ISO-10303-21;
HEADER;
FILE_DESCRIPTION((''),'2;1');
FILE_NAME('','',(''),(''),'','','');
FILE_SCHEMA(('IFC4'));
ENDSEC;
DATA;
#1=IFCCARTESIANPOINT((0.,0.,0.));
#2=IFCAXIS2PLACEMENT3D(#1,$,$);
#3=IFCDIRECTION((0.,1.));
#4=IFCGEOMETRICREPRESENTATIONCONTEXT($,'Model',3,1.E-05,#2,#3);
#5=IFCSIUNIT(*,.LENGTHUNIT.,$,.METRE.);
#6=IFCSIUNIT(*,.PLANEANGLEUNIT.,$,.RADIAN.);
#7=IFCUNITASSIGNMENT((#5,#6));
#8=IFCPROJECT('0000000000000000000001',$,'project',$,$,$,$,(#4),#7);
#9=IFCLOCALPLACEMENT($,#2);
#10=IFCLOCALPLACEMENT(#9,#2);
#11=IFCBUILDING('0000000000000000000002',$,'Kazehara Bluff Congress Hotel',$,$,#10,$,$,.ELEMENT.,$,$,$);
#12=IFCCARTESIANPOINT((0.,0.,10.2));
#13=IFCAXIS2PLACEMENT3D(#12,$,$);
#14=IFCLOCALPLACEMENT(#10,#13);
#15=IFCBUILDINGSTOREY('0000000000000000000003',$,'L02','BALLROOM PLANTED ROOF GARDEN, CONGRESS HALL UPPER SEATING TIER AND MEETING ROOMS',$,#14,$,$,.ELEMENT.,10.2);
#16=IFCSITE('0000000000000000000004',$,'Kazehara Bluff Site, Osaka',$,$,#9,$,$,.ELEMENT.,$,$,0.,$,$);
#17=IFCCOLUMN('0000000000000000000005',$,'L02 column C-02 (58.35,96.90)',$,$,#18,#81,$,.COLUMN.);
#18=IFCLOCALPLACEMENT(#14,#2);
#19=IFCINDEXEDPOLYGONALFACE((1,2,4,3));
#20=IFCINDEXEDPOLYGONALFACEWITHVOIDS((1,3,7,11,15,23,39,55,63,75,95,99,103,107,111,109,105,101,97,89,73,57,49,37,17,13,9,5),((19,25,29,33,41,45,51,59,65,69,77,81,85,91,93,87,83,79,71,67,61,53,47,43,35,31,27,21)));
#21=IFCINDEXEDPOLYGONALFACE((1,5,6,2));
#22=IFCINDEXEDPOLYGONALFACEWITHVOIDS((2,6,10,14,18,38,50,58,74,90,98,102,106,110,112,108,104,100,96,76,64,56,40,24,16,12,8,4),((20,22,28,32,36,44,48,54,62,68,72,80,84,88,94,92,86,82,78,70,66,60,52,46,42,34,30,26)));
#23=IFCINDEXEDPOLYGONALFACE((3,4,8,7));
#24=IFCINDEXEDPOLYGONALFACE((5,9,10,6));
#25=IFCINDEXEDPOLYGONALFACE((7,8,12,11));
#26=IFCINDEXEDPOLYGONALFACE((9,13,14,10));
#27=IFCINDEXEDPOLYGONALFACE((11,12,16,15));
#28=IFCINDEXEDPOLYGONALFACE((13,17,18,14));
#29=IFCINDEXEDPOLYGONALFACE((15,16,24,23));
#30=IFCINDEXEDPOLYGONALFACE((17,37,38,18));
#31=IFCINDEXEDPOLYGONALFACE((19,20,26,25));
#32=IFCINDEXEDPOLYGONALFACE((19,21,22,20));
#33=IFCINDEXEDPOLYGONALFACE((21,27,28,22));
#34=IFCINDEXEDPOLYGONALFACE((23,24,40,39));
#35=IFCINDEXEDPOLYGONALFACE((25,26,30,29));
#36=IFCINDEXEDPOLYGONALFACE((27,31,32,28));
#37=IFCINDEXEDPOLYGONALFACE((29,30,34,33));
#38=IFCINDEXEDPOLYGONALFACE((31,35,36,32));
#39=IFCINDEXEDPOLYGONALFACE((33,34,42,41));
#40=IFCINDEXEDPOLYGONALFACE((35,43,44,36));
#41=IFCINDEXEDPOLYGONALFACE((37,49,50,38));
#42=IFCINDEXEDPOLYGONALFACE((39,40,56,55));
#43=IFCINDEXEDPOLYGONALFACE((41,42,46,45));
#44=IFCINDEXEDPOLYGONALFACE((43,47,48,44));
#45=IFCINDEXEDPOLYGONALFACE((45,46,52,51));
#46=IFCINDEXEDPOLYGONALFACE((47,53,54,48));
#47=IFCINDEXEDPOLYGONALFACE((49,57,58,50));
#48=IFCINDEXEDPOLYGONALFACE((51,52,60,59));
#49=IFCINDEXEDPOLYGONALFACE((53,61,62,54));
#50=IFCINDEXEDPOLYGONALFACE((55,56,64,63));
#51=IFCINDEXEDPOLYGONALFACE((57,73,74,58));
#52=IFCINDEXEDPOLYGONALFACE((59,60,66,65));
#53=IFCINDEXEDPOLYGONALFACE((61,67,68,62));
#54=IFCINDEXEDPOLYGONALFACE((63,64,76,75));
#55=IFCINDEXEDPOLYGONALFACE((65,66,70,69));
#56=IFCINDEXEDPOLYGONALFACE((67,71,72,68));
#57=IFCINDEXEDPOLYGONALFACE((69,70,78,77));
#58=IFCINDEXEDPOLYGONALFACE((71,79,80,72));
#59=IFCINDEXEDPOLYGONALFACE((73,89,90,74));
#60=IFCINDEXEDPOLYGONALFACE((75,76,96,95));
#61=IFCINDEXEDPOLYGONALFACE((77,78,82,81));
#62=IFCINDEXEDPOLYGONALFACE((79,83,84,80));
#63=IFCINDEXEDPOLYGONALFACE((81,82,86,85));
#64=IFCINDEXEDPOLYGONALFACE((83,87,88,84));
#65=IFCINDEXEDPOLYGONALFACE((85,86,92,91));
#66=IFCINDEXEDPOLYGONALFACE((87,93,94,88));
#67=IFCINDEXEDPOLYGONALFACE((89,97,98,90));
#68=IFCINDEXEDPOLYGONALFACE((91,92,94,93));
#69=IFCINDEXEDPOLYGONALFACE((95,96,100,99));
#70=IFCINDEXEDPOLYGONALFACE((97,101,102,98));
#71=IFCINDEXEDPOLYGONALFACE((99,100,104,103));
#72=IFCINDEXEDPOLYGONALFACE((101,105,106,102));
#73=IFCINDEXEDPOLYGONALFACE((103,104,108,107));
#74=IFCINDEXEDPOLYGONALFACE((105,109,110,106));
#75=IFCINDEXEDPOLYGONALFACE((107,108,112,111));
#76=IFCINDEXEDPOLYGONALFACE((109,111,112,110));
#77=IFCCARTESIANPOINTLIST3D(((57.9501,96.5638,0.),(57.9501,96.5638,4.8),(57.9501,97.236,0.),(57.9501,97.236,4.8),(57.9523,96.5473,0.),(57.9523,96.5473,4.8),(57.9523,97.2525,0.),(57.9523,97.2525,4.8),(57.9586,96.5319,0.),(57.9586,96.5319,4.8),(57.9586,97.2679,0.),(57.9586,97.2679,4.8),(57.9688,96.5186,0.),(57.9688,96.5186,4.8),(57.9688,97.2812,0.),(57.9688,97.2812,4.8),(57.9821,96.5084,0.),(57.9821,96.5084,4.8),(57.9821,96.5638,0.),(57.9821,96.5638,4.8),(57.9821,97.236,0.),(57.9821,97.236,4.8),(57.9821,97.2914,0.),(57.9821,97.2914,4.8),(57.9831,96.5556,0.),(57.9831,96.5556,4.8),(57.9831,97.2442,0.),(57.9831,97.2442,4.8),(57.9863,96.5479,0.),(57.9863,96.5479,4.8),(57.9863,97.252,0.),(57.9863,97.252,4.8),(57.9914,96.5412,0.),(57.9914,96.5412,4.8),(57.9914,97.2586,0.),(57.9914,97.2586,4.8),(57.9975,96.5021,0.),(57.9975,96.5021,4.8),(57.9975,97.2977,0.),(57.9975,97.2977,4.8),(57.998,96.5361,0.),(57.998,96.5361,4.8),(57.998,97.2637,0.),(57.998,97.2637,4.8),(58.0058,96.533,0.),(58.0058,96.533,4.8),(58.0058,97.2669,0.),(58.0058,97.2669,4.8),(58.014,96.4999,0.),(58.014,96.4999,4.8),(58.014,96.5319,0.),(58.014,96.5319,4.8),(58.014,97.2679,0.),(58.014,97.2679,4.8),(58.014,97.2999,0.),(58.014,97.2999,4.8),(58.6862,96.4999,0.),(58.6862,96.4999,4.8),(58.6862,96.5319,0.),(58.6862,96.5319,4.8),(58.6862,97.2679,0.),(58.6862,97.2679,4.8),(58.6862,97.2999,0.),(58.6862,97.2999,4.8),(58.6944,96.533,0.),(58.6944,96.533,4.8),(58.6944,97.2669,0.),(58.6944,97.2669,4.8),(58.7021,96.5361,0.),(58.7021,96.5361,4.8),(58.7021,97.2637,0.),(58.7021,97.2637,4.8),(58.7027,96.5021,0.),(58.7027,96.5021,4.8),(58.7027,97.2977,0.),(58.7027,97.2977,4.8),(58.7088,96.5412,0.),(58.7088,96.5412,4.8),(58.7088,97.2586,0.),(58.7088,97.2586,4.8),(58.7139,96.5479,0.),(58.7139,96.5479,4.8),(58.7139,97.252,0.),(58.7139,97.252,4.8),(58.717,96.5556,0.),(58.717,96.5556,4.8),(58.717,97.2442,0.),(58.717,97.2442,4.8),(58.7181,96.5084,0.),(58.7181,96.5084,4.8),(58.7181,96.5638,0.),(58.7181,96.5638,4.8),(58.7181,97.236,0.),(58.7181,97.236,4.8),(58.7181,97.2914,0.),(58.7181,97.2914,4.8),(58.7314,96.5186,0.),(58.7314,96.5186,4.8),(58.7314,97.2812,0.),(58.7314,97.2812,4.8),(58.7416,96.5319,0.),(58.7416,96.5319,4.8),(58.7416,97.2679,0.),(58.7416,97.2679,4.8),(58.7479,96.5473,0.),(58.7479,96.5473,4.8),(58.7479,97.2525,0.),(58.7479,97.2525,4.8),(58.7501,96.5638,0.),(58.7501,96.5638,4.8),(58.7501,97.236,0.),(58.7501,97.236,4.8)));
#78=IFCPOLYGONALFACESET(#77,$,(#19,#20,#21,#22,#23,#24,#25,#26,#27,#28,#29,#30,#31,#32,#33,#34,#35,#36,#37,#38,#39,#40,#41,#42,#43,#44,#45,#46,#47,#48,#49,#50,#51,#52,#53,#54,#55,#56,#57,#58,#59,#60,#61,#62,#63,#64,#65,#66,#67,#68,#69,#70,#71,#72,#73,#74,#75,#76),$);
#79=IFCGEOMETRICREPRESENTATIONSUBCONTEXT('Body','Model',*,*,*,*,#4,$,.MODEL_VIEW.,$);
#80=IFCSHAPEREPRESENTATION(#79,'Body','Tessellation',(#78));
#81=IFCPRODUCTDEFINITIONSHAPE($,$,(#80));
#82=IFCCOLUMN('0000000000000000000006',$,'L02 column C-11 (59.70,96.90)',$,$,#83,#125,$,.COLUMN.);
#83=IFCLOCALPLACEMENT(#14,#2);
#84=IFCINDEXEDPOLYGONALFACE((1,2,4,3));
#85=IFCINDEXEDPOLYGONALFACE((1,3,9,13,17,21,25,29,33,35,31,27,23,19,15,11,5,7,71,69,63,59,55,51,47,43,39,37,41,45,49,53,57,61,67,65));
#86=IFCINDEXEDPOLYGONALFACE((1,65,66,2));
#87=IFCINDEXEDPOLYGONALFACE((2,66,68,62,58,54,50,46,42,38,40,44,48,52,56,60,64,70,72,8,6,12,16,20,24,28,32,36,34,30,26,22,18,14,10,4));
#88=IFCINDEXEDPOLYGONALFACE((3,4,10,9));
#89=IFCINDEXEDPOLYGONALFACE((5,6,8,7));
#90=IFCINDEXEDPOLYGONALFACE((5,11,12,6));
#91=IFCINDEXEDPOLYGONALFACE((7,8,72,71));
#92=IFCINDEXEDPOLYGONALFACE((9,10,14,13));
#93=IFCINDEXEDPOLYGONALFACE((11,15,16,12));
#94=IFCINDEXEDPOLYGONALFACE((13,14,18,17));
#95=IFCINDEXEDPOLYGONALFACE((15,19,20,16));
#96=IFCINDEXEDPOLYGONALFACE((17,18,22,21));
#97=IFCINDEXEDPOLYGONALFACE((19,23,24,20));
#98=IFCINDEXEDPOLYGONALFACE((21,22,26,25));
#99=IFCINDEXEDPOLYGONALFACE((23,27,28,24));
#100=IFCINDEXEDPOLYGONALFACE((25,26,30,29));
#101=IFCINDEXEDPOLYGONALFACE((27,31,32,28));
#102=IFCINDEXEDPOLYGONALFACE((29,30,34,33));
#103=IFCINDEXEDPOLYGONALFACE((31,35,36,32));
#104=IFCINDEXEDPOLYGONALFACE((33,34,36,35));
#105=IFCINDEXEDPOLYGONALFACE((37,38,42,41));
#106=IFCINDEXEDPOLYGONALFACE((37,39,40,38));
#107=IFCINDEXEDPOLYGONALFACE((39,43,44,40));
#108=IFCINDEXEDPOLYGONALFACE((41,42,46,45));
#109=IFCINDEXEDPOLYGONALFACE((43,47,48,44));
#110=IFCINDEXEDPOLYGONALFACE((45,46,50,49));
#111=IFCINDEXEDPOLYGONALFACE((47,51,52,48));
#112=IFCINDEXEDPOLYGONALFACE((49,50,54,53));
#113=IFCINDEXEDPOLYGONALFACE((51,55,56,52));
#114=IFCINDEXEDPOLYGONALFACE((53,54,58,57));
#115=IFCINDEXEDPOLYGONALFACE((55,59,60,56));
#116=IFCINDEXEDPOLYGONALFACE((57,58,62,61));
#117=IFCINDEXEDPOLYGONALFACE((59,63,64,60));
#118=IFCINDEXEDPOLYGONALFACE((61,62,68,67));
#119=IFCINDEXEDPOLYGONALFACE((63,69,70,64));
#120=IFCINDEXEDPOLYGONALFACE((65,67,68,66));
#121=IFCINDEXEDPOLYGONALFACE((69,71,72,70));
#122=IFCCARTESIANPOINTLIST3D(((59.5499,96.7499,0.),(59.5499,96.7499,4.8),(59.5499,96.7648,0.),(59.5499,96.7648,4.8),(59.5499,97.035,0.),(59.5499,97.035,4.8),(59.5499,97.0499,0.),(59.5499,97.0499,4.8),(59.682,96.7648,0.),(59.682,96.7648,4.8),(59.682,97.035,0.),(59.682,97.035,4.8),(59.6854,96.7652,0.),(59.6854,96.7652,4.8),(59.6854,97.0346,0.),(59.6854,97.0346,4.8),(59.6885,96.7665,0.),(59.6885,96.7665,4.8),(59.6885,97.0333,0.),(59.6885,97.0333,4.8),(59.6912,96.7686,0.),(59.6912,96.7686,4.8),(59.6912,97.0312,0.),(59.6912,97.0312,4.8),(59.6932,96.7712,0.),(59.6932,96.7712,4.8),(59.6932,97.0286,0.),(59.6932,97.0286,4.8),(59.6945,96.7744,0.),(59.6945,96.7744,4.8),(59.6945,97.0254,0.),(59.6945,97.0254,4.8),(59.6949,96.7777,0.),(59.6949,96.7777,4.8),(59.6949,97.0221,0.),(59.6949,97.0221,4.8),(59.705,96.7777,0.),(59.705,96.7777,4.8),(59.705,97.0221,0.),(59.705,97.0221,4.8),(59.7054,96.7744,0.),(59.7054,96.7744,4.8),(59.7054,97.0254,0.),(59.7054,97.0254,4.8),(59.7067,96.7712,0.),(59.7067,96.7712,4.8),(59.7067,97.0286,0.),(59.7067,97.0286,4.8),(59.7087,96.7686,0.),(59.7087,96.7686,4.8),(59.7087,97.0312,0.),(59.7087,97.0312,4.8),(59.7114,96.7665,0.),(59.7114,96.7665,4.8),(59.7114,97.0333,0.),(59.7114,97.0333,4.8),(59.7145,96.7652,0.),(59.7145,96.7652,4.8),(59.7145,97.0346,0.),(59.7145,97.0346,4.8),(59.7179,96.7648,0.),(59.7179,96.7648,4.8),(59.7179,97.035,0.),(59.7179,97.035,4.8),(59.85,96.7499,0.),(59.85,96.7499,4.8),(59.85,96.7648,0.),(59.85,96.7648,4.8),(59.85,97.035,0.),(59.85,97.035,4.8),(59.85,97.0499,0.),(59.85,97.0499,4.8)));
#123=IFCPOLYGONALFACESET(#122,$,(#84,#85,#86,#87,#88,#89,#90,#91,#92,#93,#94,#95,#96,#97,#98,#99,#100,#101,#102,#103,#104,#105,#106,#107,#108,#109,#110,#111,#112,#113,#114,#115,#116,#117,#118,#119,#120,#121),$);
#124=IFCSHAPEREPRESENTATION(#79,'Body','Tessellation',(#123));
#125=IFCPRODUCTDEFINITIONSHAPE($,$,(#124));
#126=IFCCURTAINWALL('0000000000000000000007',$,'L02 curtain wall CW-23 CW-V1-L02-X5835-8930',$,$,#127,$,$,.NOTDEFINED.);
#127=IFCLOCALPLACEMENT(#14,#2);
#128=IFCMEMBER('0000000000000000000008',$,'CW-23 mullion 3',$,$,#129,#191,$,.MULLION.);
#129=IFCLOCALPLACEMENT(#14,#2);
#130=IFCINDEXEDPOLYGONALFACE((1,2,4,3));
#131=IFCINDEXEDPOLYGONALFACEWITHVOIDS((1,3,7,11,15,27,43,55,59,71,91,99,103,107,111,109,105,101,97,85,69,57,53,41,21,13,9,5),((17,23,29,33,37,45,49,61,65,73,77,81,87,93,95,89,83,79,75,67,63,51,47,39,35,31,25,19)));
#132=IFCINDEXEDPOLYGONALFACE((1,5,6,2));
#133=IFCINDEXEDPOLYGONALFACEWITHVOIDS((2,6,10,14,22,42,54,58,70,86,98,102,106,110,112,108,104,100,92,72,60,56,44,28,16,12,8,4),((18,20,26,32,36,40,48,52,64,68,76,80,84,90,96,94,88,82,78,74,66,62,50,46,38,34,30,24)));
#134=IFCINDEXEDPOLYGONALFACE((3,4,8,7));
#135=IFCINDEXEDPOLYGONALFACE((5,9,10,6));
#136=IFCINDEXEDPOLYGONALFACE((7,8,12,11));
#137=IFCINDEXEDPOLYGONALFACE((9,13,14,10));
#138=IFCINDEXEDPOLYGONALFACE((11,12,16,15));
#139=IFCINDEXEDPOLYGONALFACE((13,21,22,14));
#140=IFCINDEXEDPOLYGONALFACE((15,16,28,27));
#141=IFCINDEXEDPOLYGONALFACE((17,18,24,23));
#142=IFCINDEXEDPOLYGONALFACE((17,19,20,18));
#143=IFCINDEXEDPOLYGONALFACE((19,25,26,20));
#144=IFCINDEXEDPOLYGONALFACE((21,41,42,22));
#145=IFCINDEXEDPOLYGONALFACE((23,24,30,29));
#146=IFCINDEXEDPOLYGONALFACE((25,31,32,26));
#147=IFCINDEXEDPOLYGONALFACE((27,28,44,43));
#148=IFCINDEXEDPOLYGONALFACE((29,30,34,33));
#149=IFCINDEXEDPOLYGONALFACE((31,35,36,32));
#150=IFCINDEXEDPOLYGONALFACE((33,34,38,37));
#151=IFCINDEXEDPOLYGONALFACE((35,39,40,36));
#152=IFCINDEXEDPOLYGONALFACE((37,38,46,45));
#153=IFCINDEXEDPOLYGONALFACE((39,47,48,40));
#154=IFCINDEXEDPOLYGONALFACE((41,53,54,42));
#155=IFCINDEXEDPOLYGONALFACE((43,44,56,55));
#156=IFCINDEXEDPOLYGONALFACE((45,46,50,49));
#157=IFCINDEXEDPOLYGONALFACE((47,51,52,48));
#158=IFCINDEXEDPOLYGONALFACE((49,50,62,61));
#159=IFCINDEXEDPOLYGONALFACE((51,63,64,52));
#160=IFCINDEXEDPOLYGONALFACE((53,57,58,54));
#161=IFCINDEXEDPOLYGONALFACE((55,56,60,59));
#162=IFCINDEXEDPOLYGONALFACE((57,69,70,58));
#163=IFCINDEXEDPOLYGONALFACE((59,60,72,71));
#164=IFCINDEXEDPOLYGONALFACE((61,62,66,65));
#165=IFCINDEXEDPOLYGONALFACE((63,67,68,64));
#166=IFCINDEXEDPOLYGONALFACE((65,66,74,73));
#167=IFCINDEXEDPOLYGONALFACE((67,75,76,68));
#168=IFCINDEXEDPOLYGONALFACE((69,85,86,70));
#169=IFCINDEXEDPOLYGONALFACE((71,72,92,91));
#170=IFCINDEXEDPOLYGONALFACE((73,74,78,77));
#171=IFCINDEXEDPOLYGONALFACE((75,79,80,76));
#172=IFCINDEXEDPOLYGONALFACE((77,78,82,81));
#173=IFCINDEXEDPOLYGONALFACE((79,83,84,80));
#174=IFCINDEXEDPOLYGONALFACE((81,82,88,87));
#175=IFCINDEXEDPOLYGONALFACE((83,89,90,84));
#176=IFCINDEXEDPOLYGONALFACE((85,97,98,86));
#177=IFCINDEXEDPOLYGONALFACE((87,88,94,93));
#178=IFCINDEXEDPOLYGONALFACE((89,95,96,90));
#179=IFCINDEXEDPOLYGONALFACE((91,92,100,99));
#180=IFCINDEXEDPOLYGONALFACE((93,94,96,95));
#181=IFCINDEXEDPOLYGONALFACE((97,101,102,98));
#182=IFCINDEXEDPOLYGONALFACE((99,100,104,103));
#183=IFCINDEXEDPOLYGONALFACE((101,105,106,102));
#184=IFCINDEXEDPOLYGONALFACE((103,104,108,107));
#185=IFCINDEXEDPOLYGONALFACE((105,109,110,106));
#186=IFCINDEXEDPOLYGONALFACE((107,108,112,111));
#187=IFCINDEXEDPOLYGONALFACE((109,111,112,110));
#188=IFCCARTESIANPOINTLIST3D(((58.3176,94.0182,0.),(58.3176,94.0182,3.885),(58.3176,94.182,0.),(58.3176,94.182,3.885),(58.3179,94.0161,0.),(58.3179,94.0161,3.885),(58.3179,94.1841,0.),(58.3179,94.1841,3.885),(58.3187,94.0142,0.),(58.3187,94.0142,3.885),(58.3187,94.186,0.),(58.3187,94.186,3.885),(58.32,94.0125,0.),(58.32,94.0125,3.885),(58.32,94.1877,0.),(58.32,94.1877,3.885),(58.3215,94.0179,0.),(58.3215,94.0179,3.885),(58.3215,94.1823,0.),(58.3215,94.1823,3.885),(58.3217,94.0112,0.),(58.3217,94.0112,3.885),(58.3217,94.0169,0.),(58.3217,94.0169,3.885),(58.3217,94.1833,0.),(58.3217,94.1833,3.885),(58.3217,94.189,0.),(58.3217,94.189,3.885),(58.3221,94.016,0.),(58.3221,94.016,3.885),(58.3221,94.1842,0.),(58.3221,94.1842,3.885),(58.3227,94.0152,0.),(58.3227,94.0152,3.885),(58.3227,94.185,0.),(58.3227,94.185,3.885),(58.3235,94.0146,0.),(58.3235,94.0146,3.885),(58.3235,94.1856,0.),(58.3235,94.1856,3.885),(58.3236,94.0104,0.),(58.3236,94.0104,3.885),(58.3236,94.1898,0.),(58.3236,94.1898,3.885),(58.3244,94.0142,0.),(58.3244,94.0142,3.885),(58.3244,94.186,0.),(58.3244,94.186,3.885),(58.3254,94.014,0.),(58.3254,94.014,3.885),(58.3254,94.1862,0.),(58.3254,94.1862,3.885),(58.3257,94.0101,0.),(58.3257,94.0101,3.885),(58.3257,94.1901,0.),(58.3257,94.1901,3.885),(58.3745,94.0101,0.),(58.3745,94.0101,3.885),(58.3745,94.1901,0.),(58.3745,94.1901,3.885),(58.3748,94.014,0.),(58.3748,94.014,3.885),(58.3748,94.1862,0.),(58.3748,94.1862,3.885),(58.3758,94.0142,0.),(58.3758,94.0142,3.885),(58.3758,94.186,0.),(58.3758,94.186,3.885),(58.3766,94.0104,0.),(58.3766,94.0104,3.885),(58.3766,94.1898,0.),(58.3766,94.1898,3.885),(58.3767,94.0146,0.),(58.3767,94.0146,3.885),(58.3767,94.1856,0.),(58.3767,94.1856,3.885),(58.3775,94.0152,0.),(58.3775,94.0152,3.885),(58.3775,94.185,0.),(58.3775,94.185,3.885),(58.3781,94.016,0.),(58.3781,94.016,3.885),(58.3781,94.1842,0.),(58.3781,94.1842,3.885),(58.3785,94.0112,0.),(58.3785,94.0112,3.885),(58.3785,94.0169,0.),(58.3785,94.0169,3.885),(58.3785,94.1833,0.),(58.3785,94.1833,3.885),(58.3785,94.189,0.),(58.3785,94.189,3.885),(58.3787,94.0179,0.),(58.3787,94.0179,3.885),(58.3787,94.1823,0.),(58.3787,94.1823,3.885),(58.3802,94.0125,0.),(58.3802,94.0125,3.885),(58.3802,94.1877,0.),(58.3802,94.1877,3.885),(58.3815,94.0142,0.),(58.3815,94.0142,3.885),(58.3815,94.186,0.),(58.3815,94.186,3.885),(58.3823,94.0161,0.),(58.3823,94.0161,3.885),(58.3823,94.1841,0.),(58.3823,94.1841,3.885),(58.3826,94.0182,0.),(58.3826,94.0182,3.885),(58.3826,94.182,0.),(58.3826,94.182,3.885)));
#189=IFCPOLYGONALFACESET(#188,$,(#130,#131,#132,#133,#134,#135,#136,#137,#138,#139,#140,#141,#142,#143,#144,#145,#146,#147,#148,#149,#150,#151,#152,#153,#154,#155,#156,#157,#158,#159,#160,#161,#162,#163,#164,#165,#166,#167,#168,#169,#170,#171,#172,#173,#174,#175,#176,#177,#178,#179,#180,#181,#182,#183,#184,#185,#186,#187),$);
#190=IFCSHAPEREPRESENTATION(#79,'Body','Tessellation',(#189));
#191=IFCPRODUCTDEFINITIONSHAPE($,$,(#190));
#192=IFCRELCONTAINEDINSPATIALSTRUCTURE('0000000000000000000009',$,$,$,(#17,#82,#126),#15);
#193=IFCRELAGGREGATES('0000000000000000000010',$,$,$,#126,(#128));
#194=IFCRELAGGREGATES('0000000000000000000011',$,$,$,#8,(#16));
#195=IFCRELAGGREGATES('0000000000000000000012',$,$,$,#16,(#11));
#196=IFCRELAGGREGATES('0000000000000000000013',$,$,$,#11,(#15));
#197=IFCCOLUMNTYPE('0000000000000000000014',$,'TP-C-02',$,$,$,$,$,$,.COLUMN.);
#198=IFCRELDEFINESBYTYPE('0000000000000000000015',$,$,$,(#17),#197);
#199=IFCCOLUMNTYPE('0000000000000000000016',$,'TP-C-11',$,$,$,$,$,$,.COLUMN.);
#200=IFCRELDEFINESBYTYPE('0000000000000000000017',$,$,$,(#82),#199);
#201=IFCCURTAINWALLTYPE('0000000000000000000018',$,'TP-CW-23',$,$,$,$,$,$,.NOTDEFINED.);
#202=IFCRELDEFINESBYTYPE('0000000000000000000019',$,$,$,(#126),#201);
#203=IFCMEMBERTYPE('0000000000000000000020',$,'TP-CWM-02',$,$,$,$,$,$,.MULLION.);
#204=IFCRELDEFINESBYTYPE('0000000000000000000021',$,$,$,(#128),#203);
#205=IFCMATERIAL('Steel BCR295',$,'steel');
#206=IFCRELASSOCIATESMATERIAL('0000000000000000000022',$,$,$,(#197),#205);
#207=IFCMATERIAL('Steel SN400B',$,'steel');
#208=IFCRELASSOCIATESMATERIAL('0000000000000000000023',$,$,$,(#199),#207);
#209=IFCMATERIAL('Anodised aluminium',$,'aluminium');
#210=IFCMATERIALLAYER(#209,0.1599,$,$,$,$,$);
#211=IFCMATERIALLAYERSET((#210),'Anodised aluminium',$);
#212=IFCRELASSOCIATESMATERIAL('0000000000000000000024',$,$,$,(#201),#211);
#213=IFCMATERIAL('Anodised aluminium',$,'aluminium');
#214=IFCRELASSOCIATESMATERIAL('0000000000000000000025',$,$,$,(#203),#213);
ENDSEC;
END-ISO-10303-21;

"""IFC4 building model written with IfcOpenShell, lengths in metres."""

from ifc_helpers import new_model, si_unit, direction, frame, origin, origin_2d, place, context, subcontext, project, spatial, hollow_rectangle, i_section, extrude, material, layer, layer_set, material_profile, profile_set, type_object, element, aggregate, save


model = new_model("IFC4")

# Units and contexts
model_context = context("Model", 3, precision=1e-05, world=origin(), true_north=direction((0.0, 1.0)))
body_context = subcontext(model_context, "Body", "Model", "MODEL_VIEW")
ifc_project = project(units=[si_unit("LENGTHUNIT", "METRE"), si_unit("PLANEANGLEUNIT", "RADIAN")], contexts=[model_context])

# Site, building, storey
site_placement = place(None, origin())
site = spatial("IfcSite", under=ifc_project, at=site_placement, Name="Kazehara Bluff Site, Osaka", CompositionType="ELEMENT", RefElevation=0.0)
building_placement = place(site_placement, origin())
building = spatial("IfcBuilding", under=site, at=building_placement, Name="Kazehara Bluff Congress Hotel", CompositionType="ELEMENT")
storey_placement = place(building_placement, frame((0.0, 0.0, 10.2)))
storey = spatial("IfcBuildingStorey", under=building, at=storey_placement, Name="L02", Description="BALLROOM PLANTED ROOF GARDEN, CONGRESS HALL UPPER SEATING TIER AND MEETING ROOMS", CompositionType="ELEMENT", Elevation=10.2)

# Columns
ifc_material_1 = material(Name="Steel BCR295", Category="steel")
ifc_material_profile_1 = material_profile(ifc_material_1, hollow_rectangle(XDim=0.8, YDim=0.8, WallThickness=0.032, InnerFilletRadius=0.032, OuterFilletRadius=0.064, at=origin_2d()))
ifc_profile_set_1 = profile_set([ifc_material_profile_1], Name="Steel BCR295")
column_type_1 = type_object("IfcColumnType", Name="TP-C-02", PredefinedType="COLUMN", material=ifc_profile_set_1)
column_1_placement = place(storey_placement, frame((58.3501, 96.8999, 0.0), z_axis=(0.0, 0.0, 1.0), x_axis=(1.0, 0.0, 0.0)))
element("IfcColumn", 1, at=column_1_placement, inside=storey, type_object=column_type_1, Name="L02 column C-02 (58.35,96.90)", PredefinedType="COLUMN", context=body_context, shape_type="SweptSolid", body=[
    extrude(hollow_rectangle(XDim=0.8, YDim=0.8, WallThickness=0.032, InnerFilletRadius=0.032, OuterFilletRadius=0.064, at=origin_2d()), origin(), (0.0, 0.0, 1.0), 4.8),
])
ifc_material_2 = material(Name="Steel SN400B", Category="steel")
ifc_material_profile_2 = material_profile(ifc_material_2, i_section(OverallWidth=0.3, OverallDepth=0.3, WebThickness=0.01, FlangeThickness=0.0149, FilletRadius=0.0129, at=origin_2d()))
ifc_profile_set_2 = profile_set([ifc_material_profile_2], Name="Steel SN400B")
column_type_2 = type_object("IfcColumnType", Name="TP-C-11", PredefinedType="COLUMN", material=ifc_profile_set_2)
column_2_placement = place(storey_placement, frame((59.7, 96.8999, 0.0), z_axis=(0.0, 0.0, 1.0), x_axis=(1.0, 0.0, 0.0)))
element("IfcColumn", 2, at=column_2_placement, inside=storey, type_object=column_type_2, Name="L02 column C-11 (59.70,96.90)", PredefinedType="COLUMN", context=body_context, shape_type="SweptSolid", body=[
    extrude(i_section(OverallWidth=0.3, OverallDepth=0.3, WebThickness=0.01, FlangeThickness=0.0149, FilletRadius=0.0129, at=origin_2d()), origin(), (0.0, 0.0, 1.0), 4.8),
])

# Curtain wall, member
ifc_material_3 = material(Name="Anodised aluminium", Category="aluminium")
ifc_layer_1 = layer(ifc_material_3, 0.1599)
ifc_layer_set_1 = layer_set([ifc_layer_1], Name="Anodised aluminium")
curtain_wall_type_1 = type_object("IfcCurtainWallType", Name="TP-CW-23", PredefinedType="NOTDEFINED", material=ifc_layer_set_1)
curtain_wall_1_placement = place(storey_placement, origin())
curtain_wall_1 = element("IfcCurtainWall", 3, at=curtain_wall_1_placement, inside=storey, type_object=curtain_wall_type_1, Name="L02 curtain wall CW-23 CW-V1-L02-X5835-8930", PredefinedType="NOTDEFINED")
ifc_material_4 = material(Name="Anodised aluminium", Category="aluminium")
ifc_material_profile_3 = material_profile(ifc_material_4, hollow_rectangle(XDim=0.0649, YDim=0.1799, WallThickness=0.0039, InnerFilletRadius=0.0039, OuterFilletRadius=0.0081, at=origin_2d()))
ifc_profile_set_3 = profile_set([ifc_material_profile_3], Name="Anodised aluminium")
member_type_1 = type_object("IfcMemberType", Name="TP-CWM-02", PredefinedType="MULLION", material=ifc_profile_set_3)
member_1_placement = place(storey_placement, frame((58.3501, 94.1001, 0.0), z_axis=(0.0, 0.0, 1.0), x_axis=(-1.0, 0.0, 0.0)))
member_1 = element("IfcMember", 4, at=member_1_placement, type_object=member_type_1, Name="CW-23 mullion 3", PredefinedType="MULLION", context=body_context, shape_type="SweptSolid", body=[
    extrude(hollow_rectangle(XDim=0.0649, YDim=0.1799, WallThickness=0.0039, InnerFilletRadius=0.0039, OuterFilletRadius=0.0081, at=origin_2d()), origin(), (0.0, 0.0, 1.0), 3.885),
])

aggregate(curtain_wall_1, [member_1])

save(model, "model.ifc")
